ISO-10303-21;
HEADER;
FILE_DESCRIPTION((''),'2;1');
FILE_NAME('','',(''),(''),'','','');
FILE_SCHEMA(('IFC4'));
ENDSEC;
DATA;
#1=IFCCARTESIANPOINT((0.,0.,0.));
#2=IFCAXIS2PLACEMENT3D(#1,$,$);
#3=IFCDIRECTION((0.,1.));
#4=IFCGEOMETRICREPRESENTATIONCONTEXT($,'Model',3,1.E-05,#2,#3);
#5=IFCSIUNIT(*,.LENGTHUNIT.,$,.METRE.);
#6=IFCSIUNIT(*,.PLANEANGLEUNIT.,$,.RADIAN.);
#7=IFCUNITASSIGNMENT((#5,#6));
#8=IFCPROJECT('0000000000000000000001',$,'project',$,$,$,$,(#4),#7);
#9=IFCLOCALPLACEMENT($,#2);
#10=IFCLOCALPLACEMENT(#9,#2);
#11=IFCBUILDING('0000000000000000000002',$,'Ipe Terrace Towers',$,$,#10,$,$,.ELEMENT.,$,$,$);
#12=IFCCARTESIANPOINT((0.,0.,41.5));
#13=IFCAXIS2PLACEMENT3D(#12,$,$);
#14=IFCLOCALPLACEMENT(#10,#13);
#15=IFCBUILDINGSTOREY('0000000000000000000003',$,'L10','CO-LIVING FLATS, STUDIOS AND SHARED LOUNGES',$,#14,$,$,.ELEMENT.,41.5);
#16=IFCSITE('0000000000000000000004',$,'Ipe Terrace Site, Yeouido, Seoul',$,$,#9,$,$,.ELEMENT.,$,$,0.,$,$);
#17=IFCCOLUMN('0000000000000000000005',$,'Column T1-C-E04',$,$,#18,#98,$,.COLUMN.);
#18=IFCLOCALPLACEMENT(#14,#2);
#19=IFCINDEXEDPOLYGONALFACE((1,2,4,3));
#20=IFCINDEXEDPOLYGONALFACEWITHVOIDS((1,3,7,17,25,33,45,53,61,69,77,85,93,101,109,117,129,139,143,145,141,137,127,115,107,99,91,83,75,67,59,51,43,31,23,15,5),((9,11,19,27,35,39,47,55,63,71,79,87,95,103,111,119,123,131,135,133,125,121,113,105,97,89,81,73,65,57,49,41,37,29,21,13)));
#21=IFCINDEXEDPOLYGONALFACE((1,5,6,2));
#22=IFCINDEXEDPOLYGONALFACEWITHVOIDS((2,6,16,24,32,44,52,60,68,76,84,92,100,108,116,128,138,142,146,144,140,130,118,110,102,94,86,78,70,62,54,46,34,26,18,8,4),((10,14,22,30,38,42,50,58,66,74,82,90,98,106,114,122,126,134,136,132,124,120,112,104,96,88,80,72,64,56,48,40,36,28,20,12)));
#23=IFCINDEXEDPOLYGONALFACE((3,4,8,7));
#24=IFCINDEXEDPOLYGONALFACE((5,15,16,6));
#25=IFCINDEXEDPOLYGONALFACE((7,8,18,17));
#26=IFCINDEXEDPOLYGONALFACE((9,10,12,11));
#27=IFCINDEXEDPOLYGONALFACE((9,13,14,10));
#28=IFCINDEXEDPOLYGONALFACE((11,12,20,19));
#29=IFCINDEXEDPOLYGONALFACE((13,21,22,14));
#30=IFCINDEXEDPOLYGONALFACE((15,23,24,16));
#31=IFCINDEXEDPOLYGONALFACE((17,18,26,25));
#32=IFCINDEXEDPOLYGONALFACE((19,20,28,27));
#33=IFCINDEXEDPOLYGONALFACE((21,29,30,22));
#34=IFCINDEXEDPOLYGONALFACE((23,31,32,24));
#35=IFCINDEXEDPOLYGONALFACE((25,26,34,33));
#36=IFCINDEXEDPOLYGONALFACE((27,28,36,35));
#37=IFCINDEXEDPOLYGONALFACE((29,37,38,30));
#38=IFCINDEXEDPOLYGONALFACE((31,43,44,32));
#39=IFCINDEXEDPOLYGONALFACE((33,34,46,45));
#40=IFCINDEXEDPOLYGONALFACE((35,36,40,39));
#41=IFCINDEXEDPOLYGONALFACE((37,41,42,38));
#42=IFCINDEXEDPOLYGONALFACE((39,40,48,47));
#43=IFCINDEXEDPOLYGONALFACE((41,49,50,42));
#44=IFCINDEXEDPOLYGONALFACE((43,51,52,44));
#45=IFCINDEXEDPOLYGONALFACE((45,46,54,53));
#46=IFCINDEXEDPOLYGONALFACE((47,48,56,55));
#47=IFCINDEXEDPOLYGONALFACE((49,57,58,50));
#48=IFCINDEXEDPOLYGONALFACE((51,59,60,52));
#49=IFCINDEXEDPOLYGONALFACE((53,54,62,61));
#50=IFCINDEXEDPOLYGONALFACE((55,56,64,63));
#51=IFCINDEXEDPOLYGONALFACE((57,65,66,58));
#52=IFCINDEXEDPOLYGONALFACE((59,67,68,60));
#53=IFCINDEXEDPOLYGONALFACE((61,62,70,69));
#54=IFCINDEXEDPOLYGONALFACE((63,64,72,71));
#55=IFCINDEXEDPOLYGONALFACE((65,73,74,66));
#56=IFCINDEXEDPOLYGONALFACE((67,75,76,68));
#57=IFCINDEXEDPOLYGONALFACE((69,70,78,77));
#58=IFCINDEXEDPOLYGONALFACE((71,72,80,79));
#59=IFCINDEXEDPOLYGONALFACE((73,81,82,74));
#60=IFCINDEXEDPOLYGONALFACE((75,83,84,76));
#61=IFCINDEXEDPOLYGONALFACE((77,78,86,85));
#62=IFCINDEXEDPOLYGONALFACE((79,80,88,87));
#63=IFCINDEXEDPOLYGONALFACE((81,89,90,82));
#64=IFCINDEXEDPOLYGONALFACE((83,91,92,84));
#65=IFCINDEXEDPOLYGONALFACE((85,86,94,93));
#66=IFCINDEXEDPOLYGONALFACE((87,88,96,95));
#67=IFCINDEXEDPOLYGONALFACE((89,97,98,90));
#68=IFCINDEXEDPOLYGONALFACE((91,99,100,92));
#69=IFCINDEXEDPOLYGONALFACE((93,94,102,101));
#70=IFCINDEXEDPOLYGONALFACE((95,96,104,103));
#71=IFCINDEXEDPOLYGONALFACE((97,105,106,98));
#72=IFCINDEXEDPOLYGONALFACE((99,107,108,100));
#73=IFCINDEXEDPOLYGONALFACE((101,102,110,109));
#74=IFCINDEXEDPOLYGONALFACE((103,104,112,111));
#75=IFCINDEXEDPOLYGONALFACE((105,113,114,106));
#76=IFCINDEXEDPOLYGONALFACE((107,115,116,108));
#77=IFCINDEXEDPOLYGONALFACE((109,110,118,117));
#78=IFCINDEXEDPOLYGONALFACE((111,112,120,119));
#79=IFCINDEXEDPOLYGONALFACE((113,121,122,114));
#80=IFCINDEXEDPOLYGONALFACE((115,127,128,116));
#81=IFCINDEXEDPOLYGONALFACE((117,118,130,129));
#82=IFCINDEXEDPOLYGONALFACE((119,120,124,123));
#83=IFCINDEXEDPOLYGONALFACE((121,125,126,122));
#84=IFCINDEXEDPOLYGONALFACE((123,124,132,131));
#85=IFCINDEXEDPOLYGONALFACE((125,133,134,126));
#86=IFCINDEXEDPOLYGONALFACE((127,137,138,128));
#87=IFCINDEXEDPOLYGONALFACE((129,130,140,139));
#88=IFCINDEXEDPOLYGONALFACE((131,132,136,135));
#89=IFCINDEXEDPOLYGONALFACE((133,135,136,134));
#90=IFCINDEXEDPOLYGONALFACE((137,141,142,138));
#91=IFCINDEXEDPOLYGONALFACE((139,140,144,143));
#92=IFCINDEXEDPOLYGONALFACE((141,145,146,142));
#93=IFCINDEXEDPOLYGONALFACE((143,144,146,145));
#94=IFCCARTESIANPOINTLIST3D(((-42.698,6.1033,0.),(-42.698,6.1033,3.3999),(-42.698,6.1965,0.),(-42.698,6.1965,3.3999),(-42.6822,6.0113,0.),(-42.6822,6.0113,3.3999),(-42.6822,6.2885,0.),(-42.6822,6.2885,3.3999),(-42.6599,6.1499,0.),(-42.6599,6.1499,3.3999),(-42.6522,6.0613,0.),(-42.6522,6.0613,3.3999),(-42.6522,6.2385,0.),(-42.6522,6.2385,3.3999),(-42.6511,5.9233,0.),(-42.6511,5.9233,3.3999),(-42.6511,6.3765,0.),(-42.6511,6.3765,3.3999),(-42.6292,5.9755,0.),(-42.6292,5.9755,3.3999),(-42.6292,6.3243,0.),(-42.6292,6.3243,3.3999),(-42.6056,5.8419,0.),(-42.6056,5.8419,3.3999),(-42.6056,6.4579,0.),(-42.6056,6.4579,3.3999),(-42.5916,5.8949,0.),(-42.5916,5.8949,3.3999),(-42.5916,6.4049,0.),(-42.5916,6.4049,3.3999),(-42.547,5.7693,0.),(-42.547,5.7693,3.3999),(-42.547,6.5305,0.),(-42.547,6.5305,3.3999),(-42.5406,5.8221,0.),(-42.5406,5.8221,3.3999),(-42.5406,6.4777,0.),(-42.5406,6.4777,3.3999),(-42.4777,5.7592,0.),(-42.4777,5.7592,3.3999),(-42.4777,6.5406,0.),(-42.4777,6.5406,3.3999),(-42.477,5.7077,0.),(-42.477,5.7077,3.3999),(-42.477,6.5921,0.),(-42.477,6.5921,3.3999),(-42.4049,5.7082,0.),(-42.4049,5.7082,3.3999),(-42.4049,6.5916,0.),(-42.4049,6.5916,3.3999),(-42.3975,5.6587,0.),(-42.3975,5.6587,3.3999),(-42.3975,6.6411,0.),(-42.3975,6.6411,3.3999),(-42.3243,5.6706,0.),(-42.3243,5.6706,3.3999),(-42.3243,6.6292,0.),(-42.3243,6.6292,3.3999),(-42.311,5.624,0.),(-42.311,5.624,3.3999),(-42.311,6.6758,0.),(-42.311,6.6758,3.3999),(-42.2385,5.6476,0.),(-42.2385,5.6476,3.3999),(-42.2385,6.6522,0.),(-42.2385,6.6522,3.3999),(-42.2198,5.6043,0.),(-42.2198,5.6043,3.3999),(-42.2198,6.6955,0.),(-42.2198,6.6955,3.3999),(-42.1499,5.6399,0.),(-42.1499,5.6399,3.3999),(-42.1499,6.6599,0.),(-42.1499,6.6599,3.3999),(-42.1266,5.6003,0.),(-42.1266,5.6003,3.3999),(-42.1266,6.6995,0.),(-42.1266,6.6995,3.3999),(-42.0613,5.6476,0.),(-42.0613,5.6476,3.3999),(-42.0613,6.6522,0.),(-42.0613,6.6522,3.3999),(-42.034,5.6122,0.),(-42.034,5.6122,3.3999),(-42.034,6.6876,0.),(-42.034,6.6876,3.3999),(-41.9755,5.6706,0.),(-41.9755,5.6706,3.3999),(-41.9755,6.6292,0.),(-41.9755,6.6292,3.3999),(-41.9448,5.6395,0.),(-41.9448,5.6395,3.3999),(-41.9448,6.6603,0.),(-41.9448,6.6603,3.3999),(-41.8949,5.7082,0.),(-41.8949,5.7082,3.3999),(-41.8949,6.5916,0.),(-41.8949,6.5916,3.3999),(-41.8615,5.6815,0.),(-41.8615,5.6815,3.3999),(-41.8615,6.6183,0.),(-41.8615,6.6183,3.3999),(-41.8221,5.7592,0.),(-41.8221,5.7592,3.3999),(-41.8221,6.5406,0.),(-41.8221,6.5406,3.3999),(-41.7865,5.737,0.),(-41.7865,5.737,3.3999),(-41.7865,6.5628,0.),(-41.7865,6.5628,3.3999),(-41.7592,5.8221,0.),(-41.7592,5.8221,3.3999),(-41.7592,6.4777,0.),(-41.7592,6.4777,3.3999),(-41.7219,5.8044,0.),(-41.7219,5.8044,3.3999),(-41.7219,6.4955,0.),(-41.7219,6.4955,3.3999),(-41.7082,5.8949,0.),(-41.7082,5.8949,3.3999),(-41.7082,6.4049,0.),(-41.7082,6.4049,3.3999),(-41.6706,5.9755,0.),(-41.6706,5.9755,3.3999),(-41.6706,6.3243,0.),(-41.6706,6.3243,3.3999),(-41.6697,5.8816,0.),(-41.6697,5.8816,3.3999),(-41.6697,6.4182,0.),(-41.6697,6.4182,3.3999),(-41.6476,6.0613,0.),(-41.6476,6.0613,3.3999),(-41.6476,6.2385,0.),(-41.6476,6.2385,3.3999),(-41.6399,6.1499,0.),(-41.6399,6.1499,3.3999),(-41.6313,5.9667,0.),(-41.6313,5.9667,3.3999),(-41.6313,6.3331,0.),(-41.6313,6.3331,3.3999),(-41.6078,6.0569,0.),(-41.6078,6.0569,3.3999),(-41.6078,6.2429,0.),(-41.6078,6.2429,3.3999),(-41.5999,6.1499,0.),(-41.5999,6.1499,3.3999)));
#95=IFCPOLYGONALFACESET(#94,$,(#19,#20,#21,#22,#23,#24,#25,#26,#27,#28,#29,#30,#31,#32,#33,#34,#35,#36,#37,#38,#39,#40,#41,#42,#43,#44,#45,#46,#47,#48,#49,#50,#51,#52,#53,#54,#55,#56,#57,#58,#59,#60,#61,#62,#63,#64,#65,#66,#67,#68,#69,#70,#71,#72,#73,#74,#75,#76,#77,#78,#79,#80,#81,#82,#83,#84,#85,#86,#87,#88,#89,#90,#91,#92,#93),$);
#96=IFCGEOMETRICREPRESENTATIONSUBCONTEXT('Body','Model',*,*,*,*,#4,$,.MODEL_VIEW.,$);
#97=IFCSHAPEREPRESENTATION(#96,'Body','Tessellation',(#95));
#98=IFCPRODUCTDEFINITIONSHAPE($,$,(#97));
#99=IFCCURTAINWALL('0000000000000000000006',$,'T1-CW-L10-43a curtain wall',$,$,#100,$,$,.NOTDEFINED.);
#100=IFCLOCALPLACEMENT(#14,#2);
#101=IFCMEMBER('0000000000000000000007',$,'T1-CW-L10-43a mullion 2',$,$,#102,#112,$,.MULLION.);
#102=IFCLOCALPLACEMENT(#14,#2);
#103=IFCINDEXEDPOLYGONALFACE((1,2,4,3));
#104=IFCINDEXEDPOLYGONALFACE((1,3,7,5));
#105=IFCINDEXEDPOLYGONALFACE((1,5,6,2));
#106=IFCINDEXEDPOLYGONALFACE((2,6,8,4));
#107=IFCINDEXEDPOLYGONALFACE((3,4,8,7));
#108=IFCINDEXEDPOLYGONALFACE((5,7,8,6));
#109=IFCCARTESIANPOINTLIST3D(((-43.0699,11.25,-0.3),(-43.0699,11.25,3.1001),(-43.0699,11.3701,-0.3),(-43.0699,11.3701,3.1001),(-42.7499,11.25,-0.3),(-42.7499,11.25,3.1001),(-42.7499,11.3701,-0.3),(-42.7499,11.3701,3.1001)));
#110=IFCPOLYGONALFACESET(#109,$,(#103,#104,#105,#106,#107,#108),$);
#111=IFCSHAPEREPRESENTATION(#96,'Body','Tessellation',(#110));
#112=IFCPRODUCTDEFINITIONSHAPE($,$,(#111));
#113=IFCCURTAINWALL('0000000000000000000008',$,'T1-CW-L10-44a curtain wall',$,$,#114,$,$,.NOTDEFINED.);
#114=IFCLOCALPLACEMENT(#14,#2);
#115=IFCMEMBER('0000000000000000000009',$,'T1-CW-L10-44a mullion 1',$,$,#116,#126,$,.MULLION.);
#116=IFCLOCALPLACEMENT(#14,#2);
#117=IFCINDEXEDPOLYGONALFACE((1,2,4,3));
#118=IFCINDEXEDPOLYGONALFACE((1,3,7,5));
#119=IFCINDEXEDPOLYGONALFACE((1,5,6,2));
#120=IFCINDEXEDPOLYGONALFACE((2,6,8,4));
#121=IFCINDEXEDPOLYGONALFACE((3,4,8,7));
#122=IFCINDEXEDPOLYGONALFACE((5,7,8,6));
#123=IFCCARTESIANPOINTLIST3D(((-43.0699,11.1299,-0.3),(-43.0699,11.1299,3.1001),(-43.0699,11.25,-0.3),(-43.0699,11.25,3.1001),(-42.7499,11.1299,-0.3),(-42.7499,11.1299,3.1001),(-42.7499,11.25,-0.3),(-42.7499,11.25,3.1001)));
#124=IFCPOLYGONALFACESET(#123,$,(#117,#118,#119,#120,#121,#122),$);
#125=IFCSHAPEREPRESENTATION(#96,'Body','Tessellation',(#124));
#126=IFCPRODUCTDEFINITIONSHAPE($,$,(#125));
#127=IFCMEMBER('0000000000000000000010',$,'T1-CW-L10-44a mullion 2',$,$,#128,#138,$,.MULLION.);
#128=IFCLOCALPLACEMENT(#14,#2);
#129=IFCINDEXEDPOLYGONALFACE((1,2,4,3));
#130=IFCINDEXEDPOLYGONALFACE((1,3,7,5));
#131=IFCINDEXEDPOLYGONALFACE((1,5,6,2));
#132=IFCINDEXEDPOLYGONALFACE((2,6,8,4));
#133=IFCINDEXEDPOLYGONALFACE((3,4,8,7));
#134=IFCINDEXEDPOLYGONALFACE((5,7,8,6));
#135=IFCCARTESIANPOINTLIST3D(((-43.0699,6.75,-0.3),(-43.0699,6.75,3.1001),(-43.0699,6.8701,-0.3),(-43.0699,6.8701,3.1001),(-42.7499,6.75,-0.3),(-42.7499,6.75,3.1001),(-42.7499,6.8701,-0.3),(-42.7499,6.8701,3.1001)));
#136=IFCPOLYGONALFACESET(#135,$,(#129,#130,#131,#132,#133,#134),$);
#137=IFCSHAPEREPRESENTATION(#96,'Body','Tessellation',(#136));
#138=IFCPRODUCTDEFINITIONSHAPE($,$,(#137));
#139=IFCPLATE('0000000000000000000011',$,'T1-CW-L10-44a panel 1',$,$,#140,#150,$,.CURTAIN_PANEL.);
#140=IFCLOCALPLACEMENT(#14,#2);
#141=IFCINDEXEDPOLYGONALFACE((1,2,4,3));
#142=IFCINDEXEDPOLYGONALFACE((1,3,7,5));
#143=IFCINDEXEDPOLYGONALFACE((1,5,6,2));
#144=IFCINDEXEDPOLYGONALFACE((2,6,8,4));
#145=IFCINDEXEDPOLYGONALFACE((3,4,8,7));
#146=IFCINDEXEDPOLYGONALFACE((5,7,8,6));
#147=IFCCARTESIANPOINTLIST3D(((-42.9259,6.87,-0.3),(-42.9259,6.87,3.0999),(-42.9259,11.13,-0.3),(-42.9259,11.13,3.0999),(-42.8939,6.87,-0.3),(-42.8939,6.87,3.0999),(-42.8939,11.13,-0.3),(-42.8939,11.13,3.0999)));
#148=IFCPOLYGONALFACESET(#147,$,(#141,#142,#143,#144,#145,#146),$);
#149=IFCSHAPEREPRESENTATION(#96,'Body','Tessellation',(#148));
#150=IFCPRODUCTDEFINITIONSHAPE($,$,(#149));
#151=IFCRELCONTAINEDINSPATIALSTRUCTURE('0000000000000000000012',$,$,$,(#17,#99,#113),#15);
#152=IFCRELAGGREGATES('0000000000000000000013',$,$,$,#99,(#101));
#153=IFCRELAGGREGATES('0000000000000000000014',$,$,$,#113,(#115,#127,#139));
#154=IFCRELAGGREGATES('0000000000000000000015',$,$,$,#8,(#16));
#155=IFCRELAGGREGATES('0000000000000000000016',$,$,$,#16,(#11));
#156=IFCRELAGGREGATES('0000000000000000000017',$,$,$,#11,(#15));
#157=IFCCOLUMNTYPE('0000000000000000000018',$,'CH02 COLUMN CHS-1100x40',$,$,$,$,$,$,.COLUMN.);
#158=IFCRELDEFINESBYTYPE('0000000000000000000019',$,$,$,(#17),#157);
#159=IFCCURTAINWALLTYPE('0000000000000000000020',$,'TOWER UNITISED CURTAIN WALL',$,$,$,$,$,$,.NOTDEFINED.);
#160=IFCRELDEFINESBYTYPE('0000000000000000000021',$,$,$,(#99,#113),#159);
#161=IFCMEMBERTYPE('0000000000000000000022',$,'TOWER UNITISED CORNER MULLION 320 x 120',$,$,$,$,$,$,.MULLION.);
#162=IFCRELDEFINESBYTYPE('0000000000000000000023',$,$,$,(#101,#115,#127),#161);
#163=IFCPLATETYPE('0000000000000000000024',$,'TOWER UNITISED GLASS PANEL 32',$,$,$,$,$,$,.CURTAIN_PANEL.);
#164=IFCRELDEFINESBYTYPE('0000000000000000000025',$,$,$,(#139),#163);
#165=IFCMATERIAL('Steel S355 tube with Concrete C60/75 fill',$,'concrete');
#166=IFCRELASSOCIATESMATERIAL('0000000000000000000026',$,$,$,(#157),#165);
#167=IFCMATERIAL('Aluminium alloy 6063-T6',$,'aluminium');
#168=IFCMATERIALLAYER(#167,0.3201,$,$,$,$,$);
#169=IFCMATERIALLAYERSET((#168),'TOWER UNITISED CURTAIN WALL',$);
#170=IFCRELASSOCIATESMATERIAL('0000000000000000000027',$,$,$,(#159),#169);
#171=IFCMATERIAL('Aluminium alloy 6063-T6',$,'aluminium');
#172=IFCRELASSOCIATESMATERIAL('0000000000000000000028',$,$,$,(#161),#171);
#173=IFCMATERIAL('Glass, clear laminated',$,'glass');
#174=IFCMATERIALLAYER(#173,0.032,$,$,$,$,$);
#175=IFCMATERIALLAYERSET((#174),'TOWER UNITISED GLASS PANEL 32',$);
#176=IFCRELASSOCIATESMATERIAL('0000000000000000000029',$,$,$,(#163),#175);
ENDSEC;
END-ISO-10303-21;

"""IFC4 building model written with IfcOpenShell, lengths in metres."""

from ifc_helpers import new_model, si_unit, direction, frame, origin, origin_2d, place, context, subcontext, project, spatial, rectangle, hollow_circle, extrude, material, layer, layer_set, material_profile, profile_set, type_object, element, aggregate, save


model = new_model("IFC4")

# Units and contexts
model_context = context("Model", 3, precision=1e-05, world=origin(), true_north=direction((0.0, 1.0)))
body_context = subcontext(model_context, "Body", "Model", "MODEL_VIEW")
ifc_project = project(units=[si_unit("LENGTHUNIT", "METRE"), si_unit("PLANEANGLEUNIT", "RADIAN")], contexts=[model_context])

# Site, building, storey
site_placement = place(None, origin())
site = spatial("IfcSite", under=ifc_project, at=site_placement, Name="Ipe Terrace Site, Yeouido, Seoul", CompositionType="ELEMENT", RefElevation=0.0)
building_placement = place(site_placement, origin())
building = spatial("IfcBuilding", under=site, at=building_placement, Name="Ipe Terrace Towers", CompositionType="ELEMENT")
storey_placement = place(building_placement, frame((0.0, 0.0, 41.5)))
storey = spatial("IfcBuildingStorey", under=building, at=storey_placement, Name="L10", Description="CO-LIVING FLATS, STUDIOS AND SHARED LOUNGES", CompositionType="ELEMENT", Elevation=41.5)

# Column
ifc_material_1 = material(Name="Steel S355 tube with Concrete C60/75 fill", Category="concrete")
ifc_material_profile_1 = material_profile(ifc_material_1, hollow_circle(Radius=0.55, WallThickness=0.04, at=origin_2d()), Name="CHS-1100x40")
ifc_profile_set_1 = profile_set([ifc_material_profile_1], Name="Steel S355 tube with Concrete C60/75 fill")
column_type = type_object("IfcColumnType", Name="CH02 COLUMN CHS-1100x40", PredefinedType="COLUMN", material=ifc_profile_set_1)
column_placement = place(storey_placement, frame((-42.1499, 6.1499, 0.0), z_axis=(0.0, 0.0, 1.0), x_axis=(1.0, 0.0, 0.0)))
element("IfcColumn", 1, at=column_placement, inside=storey, type_object=column_type, Name="Column T1-C-E04", PredefinedType="COLUMN", context=body_context, shape_type="SweptSolid", body=[
    extrude(hollow_circle(Radius=0.55, WallThickness=0.04, at=origin_2d()), origin(), (0.0, 0.0, 1.0), 3.3999),
])

# Curtain wall, member
ifc_material_2 = material(Name="Aluminium alloy 6063-T6", Category="aluminium")
ifc_layer_1 = layer(ifc_material_2, 0.3201)
ifc_layer_set_1 = layer_set([ifc_layer_1], Name="TOWER UNITISED CURTAIN WALL")
curtain_wall_type = type_object("IfcCurtainWallType", Name="TOWER UNITISED CURTAIN WALL", PredefinedType="NOTDEFINED", material=ifc_layer_set_1)
curtain_wall_1_placement = place(storey_placement, origin())
curtain_wall_1 = element("IfcCurtainWall", 2, at=curtain_wall_1_placement, inside=storey, type_object=curtain_wall_type, Name="T1-CW-L10-43a curtain wall", PredefinedType="NOTDEFINED")
ifc_material_3 = material(Name="Aluminium alloy 6063-T6", Category="aluminium")
ifc_material_profile_2 = material_profile(ifc_material_3, rectangle(XDim=0.3201, YDim=0.1201, at=origin_2d()), Name="TOWER UNITISED CORNER MULLION 320 x 120")
ifc_profile_set_2 = profile_set([ifc_material_profile_2], Name="Aluminium alloy 6063-T6")
member_type = type_object("IfcMemberType", Name="TOWER UNITISED CORNER MULLION 320 x 120", PredefinedType="MULLION", material=ifc_profile_set_2)
member_1_placement = place(storey_placement, frame((-42.9099, 11.3101, -0.3), z_axis=(0.0, 0.0, 1.0), x_axis=(-1.0, 0.0, 0.0)))
member_1 = element("IfcMember", 3, at=member_1_placement, type_object=member_type, Name="T1-CW-L10-43a mullion 2", PredefinedType="MULLION", context=body_context, shape_type="SweptSolid", body=[
    extrude(rectangle(XDim=0.3201, YDim=0.1201, at=origin_2d()), origin(), (0.0, 0.0, 1.0), 3.4001),
])
aggregate(curtain_wall_1, [member_1])

# Curtain wall, members, plate
curtain_wall_2_placement = place(storey_placement, origin())
curtain_wall_2 = element("IfcCurtainWall", 4, at=curtain_wall_2_placement, inside=storey, type_object=curtain_wall_type, Name="T1-CW-L10-44a curtain wall", PredefinedType="NOTDEFINED")
member_2_placement = place(storey_placement, frame((-42.9099, 11.1899, -0.3), z_axis=(0.0, 0.0, 1.0), x_axis=(-1.0, 0.0, 0.0)))
member_2 = element("IfcMember", 5, at=member_2_placement, type_object=member_type, Name="T1-CW-L10-44a mullion 1", PredefinedType="MULLION", context=body_context, shape_type="SweptSolid", body=[
    extrude(rectangle(XDim=0.3201, YDim=0.1201, at=origin_2d()), origin(), (0.0, 0.0, 1.0), 3.4001),
])
member_3_placement = place(storey_placement, frame((-42.9099, 6.8101, -0.3), z_axis=(0.0, 0.0, 1.0), x_axis=(-1.0, 0.0, 0.0)))
member_3 = element("IfcMember", 6, at=member_3_placement, type_object=member_type, Name="T1-CW-L10-44a mullion 2", PredefinedType="MULLION", context=body_context, shape_type="SweptSolid", body=[
    extrude(rectangle(XDim=0.3201, YDim=0.1201, at=origin_2d()), origin(), (0.0, 0.0, 1.0), 3.4001),
])
ifc_material_4 = material(Name="Glass, clear laminated", Category="glass")
ifc_layer_2 = layer(ifc_material_4, 0.032)
ifc_layer_set_2 = layer_set([ifc_layer_2], Name="TOWER UNITISED GLASS PANEL 32")
plate_type = type_object("IfcPlateType", Name="TOWER UNITISED GLASS PANEL 32", PredefinedType="CURTAIN_PANEL", material=ifc_layer_set_2)
plate_placement = place(storey_placement, frame((-42.9099, 9.0, -0.3), z_axis=(0.0, 0.0, 1.0), x_axis=(0.0, -1.0, 0.0)))
plate = element("IfcPlate", 7, at=plate_placement, type_object=plate_type, Name="T1-CW-L10-44a panel 1", PredefinedType="CURTAIN_PANEL", context=body_context, shape_type="SweptSolid", body=[
    extrude(rectangle(XDim=4.26, YDim=0.032, at=origin_2d()), origin(), (0.0, 0.0, 1.0), 3.3999),
])
aggregate(curtain_wall_2, [member_2, member_3, plate])

save(model, "model.ifc")
